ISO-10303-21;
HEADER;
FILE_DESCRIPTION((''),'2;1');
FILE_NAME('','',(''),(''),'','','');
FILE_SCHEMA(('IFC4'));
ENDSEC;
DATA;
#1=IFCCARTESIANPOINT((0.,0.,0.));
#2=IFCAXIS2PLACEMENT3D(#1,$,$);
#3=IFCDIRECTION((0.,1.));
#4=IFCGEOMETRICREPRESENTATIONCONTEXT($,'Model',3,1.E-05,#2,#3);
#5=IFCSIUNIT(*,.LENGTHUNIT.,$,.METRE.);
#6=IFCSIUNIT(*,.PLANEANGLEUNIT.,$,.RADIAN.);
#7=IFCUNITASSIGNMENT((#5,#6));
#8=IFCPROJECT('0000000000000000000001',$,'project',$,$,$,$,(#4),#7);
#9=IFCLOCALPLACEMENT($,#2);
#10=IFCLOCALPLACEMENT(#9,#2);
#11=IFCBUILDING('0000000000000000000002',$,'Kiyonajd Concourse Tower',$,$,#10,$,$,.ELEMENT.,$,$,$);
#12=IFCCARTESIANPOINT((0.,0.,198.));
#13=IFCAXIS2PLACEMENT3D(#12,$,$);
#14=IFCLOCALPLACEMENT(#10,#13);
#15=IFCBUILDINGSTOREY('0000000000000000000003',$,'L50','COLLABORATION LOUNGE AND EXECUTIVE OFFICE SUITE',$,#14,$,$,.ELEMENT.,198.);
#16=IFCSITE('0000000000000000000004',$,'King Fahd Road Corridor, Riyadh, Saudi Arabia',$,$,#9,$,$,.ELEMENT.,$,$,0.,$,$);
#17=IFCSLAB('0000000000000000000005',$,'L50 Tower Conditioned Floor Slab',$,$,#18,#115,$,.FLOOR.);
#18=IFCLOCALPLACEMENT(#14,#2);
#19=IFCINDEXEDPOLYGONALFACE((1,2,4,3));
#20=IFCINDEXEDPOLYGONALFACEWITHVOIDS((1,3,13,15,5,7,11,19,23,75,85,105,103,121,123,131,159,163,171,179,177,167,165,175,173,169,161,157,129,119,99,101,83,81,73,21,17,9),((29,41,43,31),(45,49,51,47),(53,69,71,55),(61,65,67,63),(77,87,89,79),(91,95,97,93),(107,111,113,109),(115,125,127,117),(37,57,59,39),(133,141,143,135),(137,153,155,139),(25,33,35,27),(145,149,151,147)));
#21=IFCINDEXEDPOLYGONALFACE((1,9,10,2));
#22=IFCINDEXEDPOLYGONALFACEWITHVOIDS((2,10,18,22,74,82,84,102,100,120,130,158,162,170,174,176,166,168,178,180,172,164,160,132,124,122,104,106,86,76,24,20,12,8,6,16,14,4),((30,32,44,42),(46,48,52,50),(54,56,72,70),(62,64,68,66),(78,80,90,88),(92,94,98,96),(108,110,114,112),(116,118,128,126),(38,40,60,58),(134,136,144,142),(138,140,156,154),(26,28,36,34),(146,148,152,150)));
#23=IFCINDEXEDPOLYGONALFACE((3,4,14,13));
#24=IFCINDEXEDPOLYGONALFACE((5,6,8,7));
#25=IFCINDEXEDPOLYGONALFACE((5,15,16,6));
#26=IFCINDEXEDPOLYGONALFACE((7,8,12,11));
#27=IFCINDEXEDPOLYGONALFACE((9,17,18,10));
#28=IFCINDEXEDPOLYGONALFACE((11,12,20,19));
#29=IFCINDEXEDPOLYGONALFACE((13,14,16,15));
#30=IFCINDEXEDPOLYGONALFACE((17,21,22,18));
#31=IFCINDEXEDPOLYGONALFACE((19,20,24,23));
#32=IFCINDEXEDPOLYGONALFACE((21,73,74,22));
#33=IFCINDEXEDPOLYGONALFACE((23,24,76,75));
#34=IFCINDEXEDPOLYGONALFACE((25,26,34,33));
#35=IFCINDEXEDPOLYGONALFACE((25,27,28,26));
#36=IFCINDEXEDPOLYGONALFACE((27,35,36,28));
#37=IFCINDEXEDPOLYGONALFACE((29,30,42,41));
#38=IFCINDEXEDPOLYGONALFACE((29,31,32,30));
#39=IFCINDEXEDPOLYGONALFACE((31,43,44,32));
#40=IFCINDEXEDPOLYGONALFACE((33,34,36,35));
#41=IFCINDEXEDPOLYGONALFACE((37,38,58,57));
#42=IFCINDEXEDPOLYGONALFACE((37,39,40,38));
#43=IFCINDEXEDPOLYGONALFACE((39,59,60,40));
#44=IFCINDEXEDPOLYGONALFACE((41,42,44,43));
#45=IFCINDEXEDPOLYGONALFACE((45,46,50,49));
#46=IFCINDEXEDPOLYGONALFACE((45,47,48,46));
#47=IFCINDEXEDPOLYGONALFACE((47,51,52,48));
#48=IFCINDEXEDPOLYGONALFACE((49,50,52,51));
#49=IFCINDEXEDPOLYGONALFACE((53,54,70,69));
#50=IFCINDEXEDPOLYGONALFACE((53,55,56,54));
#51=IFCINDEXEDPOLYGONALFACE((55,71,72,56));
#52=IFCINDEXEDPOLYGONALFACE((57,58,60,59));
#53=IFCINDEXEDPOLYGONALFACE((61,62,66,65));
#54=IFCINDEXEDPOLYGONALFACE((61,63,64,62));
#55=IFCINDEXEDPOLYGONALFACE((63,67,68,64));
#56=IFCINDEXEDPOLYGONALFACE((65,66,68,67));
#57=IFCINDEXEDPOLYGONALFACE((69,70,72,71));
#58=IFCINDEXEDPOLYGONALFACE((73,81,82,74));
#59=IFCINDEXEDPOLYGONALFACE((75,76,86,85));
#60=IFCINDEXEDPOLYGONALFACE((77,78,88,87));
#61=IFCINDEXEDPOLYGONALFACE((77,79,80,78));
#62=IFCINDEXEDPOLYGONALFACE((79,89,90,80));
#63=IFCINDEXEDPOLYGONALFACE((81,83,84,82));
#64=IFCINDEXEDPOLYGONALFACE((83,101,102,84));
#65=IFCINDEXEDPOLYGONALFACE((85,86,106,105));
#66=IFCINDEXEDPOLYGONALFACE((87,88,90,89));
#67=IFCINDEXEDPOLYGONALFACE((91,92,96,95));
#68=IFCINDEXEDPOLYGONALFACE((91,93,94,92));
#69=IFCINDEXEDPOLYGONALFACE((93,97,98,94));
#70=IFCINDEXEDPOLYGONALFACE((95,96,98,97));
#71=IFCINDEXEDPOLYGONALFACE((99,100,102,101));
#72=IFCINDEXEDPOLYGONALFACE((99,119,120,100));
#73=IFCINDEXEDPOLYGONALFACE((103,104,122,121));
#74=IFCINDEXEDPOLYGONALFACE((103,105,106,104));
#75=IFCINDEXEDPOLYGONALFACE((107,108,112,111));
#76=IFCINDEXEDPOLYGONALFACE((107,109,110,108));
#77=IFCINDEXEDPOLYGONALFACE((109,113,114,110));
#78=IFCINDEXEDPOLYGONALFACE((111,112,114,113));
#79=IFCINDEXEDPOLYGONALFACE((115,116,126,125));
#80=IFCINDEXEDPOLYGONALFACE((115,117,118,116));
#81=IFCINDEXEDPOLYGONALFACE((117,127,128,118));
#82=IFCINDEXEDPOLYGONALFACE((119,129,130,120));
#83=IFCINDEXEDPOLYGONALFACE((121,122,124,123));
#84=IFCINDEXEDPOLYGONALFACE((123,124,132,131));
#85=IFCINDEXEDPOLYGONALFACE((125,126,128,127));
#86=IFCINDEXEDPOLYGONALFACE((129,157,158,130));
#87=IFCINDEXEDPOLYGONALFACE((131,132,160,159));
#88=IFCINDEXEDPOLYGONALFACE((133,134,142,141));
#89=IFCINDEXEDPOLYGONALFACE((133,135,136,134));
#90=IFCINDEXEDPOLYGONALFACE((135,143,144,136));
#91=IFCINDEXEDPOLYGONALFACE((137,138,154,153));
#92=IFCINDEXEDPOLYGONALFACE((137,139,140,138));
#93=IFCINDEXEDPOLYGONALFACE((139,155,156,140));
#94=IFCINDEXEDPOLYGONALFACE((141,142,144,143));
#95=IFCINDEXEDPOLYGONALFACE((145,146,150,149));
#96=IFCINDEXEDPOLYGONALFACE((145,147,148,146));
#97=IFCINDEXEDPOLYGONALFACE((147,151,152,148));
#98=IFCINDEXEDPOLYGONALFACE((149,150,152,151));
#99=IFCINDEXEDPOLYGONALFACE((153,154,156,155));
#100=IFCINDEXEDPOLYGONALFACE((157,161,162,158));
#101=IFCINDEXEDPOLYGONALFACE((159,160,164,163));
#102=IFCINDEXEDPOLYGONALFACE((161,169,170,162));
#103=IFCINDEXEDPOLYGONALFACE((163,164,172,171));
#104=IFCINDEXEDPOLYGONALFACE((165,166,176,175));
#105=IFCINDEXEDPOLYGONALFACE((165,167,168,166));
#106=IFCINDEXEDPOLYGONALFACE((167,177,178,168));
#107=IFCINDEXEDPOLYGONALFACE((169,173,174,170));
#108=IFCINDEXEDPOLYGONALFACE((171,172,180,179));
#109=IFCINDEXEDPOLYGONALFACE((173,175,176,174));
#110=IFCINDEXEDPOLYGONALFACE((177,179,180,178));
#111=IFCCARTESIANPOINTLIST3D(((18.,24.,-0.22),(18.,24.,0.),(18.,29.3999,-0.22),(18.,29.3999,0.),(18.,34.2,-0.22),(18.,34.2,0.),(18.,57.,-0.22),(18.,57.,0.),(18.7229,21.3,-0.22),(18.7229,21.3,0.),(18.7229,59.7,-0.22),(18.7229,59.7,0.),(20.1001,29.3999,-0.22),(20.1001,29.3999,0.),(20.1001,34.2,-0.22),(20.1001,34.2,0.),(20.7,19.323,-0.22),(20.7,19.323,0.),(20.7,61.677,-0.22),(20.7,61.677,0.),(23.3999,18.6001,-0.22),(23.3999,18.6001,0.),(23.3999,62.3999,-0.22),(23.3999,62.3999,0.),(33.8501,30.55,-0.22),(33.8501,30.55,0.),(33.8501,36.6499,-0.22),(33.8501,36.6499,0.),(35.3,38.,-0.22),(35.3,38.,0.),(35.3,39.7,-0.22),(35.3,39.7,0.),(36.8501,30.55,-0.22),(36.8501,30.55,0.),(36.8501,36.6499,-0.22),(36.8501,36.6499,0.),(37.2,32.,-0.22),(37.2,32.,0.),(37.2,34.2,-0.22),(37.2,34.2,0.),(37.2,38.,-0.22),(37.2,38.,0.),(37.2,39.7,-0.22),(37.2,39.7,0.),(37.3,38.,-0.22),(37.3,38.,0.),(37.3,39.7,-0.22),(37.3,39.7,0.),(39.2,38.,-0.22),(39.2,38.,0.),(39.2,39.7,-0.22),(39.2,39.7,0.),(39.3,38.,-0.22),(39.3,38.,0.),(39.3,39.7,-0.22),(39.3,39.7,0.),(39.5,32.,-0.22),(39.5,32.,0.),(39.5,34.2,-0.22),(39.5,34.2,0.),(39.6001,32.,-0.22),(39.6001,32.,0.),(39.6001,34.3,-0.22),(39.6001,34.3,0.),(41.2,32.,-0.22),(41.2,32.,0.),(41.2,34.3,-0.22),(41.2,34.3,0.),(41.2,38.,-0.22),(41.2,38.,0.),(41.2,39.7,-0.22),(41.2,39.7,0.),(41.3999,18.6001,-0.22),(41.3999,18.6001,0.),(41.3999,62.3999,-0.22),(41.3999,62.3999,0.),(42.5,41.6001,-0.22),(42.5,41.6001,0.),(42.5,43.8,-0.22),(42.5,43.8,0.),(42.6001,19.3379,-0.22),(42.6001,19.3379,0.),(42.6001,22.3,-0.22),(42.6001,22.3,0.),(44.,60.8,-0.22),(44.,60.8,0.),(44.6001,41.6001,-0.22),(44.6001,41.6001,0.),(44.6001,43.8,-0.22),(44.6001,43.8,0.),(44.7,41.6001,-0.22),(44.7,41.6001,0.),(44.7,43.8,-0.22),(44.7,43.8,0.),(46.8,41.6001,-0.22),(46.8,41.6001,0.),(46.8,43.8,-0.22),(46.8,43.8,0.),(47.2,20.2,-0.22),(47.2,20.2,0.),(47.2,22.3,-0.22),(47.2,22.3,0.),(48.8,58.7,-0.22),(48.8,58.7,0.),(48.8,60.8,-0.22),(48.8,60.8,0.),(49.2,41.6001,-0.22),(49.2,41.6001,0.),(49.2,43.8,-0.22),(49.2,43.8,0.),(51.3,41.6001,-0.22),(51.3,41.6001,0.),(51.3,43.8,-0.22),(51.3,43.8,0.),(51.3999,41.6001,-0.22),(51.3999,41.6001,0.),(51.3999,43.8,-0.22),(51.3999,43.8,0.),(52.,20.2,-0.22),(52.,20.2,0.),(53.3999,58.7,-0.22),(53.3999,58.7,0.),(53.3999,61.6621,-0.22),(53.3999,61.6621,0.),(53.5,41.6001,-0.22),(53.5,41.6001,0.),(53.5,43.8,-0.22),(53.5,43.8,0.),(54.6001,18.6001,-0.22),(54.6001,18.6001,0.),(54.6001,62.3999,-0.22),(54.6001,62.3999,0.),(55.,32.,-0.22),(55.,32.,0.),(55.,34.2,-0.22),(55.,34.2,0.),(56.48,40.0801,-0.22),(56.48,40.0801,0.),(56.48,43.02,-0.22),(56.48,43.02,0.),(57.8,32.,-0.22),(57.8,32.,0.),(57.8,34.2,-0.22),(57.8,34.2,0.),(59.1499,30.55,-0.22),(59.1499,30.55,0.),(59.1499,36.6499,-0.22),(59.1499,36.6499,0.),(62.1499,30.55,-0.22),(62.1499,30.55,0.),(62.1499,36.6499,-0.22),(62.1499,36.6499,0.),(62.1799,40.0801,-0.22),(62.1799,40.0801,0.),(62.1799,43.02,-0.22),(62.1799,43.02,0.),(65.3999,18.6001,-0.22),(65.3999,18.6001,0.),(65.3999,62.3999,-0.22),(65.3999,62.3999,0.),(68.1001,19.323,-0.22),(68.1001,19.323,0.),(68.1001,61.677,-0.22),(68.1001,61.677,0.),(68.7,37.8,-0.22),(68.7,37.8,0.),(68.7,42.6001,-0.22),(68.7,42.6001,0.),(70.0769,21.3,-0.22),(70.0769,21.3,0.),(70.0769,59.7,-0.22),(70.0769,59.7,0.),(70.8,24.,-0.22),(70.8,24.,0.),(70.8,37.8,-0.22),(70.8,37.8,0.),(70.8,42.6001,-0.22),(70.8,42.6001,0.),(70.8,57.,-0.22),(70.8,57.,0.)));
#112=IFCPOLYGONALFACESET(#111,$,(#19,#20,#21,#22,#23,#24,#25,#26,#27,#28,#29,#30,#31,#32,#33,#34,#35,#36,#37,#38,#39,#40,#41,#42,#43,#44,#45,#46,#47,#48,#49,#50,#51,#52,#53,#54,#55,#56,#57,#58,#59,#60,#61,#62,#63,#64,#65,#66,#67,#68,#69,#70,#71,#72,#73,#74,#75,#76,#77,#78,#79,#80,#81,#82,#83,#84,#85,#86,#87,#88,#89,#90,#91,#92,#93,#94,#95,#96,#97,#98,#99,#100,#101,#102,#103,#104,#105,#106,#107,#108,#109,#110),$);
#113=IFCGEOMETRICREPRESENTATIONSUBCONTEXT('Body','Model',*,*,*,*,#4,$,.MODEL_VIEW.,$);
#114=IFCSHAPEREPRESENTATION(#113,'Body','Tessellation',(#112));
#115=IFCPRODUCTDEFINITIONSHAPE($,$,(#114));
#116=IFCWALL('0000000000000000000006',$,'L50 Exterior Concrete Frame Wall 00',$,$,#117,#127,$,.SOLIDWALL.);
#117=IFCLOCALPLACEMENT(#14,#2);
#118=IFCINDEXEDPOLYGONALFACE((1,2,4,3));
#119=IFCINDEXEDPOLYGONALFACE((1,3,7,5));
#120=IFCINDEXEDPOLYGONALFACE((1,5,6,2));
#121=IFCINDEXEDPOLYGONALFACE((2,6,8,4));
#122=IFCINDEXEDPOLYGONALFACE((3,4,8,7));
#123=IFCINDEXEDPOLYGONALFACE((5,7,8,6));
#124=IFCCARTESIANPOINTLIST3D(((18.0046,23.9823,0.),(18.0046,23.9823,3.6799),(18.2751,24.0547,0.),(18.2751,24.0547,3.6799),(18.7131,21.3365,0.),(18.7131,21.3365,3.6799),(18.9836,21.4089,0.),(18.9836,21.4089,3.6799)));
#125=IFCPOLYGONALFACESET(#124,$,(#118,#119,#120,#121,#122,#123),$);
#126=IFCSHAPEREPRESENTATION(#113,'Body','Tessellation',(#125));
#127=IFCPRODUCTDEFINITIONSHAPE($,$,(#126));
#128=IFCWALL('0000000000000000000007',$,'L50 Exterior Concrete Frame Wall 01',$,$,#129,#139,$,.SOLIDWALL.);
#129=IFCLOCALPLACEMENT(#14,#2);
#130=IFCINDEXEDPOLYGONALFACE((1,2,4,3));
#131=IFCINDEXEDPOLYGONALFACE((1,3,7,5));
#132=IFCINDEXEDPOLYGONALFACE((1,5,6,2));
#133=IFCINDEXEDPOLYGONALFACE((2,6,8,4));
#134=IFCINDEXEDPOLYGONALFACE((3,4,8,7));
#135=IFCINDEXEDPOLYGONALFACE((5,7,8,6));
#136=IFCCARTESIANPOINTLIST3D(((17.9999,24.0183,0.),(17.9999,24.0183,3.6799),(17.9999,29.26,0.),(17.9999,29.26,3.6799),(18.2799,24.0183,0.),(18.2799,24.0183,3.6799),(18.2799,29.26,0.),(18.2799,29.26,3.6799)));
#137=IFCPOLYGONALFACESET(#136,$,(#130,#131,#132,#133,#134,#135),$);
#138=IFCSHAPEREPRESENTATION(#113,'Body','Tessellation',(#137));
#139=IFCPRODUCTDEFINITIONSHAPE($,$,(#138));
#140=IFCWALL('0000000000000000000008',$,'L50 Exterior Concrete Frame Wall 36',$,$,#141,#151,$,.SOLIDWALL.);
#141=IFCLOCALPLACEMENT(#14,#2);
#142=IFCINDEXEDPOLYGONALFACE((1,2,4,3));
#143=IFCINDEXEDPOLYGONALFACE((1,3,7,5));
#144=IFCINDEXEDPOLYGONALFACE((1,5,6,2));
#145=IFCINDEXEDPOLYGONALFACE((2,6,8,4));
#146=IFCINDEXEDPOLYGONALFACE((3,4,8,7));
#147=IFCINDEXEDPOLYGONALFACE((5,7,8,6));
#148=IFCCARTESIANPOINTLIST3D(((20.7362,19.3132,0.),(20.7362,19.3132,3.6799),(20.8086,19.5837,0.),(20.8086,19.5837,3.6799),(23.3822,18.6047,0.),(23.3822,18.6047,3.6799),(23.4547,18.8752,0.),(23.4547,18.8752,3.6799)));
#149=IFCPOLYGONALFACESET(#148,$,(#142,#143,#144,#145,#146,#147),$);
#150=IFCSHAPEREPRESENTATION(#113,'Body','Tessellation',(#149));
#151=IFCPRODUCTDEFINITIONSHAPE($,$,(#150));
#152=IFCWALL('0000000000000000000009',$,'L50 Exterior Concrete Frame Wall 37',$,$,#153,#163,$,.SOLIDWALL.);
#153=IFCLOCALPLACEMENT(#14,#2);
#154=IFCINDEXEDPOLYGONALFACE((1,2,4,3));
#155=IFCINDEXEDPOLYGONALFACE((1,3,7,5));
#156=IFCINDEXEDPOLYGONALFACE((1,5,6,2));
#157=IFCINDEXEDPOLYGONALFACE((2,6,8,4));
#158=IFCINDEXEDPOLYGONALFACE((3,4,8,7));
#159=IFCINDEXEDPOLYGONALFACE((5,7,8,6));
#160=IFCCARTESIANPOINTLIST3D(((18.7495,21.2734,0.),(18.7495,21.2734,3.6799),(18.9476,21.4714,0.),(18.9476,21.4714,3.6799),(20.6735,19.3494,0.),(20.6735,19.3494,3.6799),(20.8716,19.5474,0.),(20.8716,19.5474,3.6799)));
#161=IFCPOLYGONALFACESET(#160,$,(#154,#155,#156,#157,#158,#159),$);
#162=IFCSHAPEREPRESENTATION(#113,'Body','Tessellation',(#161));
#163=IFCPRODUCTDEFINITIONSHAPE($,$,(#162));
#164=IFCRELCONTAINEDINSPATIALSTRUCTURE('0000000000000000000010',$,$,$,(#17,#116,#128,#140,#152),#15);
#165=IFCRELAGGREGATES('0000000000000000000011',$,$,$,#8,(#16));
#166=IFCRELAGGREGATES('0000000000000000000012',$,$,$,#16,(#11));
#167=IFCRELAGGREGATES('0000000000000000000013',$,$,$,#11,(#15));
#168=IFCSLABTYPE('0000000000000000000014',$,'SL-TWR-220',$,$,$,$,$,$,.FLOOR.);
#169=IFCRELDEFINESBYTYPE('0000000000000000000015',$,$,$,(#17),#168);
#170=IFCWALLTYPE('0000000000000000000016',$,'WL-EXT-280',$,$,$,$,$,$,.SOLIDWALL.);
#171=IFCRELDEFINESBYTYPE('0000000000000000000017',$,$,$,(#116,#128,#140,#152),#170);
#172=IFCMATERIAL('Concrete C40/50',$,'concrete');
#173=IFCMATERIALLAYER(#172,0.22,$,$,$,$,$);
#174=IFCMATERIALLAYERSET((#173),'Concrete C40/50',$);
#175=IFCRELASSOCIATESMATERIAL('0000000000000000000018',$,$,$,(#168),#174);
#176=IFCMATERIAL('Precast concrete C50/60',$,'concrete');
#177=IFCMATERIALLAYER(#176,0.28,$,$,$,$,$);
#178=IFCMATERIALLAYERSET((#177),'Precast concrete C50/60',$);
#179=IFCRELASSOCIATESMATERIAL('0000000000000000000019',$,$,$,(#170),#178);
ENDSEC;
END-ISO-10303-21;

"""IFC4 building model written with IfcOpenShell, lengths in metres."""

from ifc_helpers import new_model, si_unit, direction, frame, frame_2d, origin, place, context, subcontext, project, spatial, polyline, rectangle, outline, extrude, material, layer, layer_set, type_object, element, save


model = new_model("IFC4")

# Units and contexts
model_context = context("Model", 3, precision=1e-05, world=origin(), true_north=direction((0.0, 1.0)))
body_context = subcontext(model_context, "Body", "Model", "MODEL_VIEW")
ifc_project = project(units=[si_unit("LENGTHUNIT", "METRE"), si_unit("PLANEANGLEUNIT", "RADIAN")], contexts=[model_context])

# Site, building, storey
site_placement = place(None, origin())
site = spatial("IfcSite", under=ifc_project, at=site_placement, Name="King Fahd Road Corridor, Riyadh, Saudi Arabia", CompositionType="ELEMENT", RefElevation=0.0)
building_placement = place(site_placement, origin())
building = spatial("IfcBuilding", under=site, at=building_placement, Name="Kiyonajd Concourse Tower", CompositionType="ELEMENT")
storey_placement = place(building_placement, frame((0.0, 0.0, 198.0)))
storey = spatial("IfcBuildingStorey", under=building, at=storey_placement, Name="L50", Description="COLLABORATION LOUNGE AND EXECUTIVE OFFICE SUITE", CompositionType="ELEMENT", Elevation=198.0)

# Shared definitions
ifc_material_1 = material(Name="Concrete C40/50", Category="concrete")

# Slab
ifc_material_2 = material(Name="Precast concrete C50/60", Category="concrete")
ifc_layer_1 = layer(ifc_material_1, 0.22)
ifc_layer_set_1 = layer_set([ifc_layer_1], Name="Concrete C40/50")
slab_type_1 = type_object("IfcSlabType", Name="SL-TWR-220", PredefinedType="FLOOR", material=ifc_layer_set_1)
slab_1_placement = place(storey_placement, frame((0.0, 0.0, -0.22)))
element("IfcSlab", 1, at=slab_1_placement, inside=storey, type_object=slab_type_1, Name="L50 Tower Conditioned Floor Slab", PredefinedType="FLOOR", context=body_context, shape_type="SweptSolid", body=[
    extrude(outline(polyline([(18.7229, 21.3), (18.0, 24.0), (18.0, 29.3999), (20.1001, 29.3999), (20.1001, 34.2), (18.0, 34.2), (18.0, 57.0), (18.7229, 59.7), (20.7, 61.677), (23.3999, 62.3999), (41.3999, 62.3999), (44.0, 60.8), (48.8, 60.8), (48.8, 58.7), (53.3999, 58.7), (53.3999, 61.6621), (54.6001, 62.3999), (65.3999, 62.3999), (68.1001, 61.677), (70.0769, 59.7), (70.8, 57.0), (70.8, 42.6001), (68.7, 42.6001), (68.7, 37.8), (70.8, 37.8), (70.8, 24.0), (70.0769, 21.3), (68.1001, 19.323), (65.3999, 18.6001), (54.6001, 18.6001), (52.0, 20.2), (47.2, 20.2), (47.2, 22.3), (42.6001, 22.3), (42.6001, 19.3379), (41.3999, 18.6001), (23.3999, 18.6001), (20.7, 19.323), (18.7229, 21.3)]), holes=[polyline([(39.5, 32.0), (37.2, 32.0), (37.2, 34.2), (39.5, 34.2), (39.5, 32.0)]), polyline([(39.6001, 32.0), (39.6001, 34.3), (41.2, 34.3), (41.2, 32.0), (39.6001, 32.0)]), polyline([(33.8501, 30.55), (33.8501, 36.6499), (36.8501, 36.6499), (36.8501, 30.55), (33.8501, 30.55)]), polyline([(37.2, 38.0), (35.3, 38.0), (35.3, 39.7), (37.2, 39.7), (37.2, 38.0)]), polyline([(37.3, 38.0), (37.3, 39.7), (39.2, 39.7), (39.2, 38.0), (37.3, 38.0)]), polyline([(39.3, 38.0), (39.3, 39.7), (41.2, 39.7), (41.2, 38.0), (39.3, 38.0)]), polyline([(44.6001, 41.6001), (42.5, 41.6001), (42.5, 43.8), (44.6001, 43.8), (44.6001, 41.6001)]), polyline([(55.0, 32.0), (55.0, 34.2), (57.8, 34.2), (57.8, 32.0), (55.0, 32.0)]), polyline([(59.1499, 30.55), (59.1499, 36.6499), (62.1499, 36.6499), (62.1499, 30.55), (59.1499, 30.55)]), polyline([(56.48, 43.02), (62.1799, 43.02), (62.1799, 40.0801), (56.48, 40.0801), (56.48, 43.02)]), polyline([(44.7, 41.6001), (44.7, 43.8), (46.8, 43.8), (46.8, 41.6001), (44.7, 41.6001)]), polyline([(49.2, 41.6001), (49.2, 43.8), (51.3, 43.8), (51.3, 41.6001), (49.2, 41.6001)]), polyline([(51.3999, 41.6001), (51.3999, 43.8), (53.5, 43.8), (53.5, 41.6001), (51.3999, 41.6001)])]), origin(), (0.0, 0.0, 1.0), 0.22),
])

# Walls
ifc_layer_2 = layer(ifc_material_2, 0.28)
ifc_layer_set_2 = layer_set([ifc_layer_2], Name="Precast concrete C50/60")
wall_type = type_object("IfcWallType", Name="WL-EXT-280", PredefinedType="SOLIDWALL", material=ifc_layer_set_2)
wall_1_placement = place(storey_placement, frame((18.8484, 21.3726, 0.0), z_axis=(0.0, 0.0, 1.0), x_axis=(-0.258672, 0.965965, 0.0)))
element("IfcWall", 2, at=wall_1_placement, inside=storey, type_object=wall_type, Name="L50 Exterior Concrete Frame Wall 00", PredefinedType="SOLIDWALL", context=body_context, shape_type="SweptSolid", body=[
    extrude(rectangle(XDim=2.739, YDim=0.28, at=frame_2d((1.3696, 0.0))), origin(), (0.0, 0.0, 1.0), 3.6799),
])
wall_2_placement = place(storey_placement, frame((18.1399, 24.0183, 0.0), z_axis=(0.0, 0.0, 1.0), x_axis=(0.0, 1.0, 0.0)))
element("IfcWall", 3, at=wall_2_placement, inside=storey, type_object=wall_type, Name="L50 Exterior Concrete Frame Wall 01", PredefinedType="SOLIDWALL", context=body_context, shape_type="SweptSolid", body=[
    extrude(rectangle(XDim=5.2417, YDim=0.28, at=frame_2d((2.6208, 0.0))), origin(), (0.0, 0.0, 1.0), 3.6799),
])
wall_3_placement = place(storey_placement, frame((23.4185, 18.74, 0.0), z_axis=(0.0, 0.0, 1.0), x_axis=(-0.965971, 0.25865, 0.0)))
element("IfcWall", 4, at=wall_3_placement, inside=storey, type_object=wall_type, Name="L50 Exterior Concrete Frame Wall 36", PredefinedType="SOLIDWALL", context=body_context, shape_type="SweptSolid", body=[
    extrude(rectangle(XDim=2.7393, YDim=0.28, at=frame_2d((1.3696, 0.0))), origin(), (0.0, 0.0, 1.0), 3.6799),
])
wall_4_placement = place(storey_placement, frame((20.7725, 19.4485, 0.0), z_axis=(0.0, 0.0, 1.0), x_axis=(-0.707107, 0.707107, 0.0)))
element("IfcWall", 5, at=wall_4_placement, inside=storey, type_object=wall_type, Name="L50 Exterior Concrete Frame Wall 37", PredefinedType="SOLIDWALL", context=body_context, shape_type="SweptSolid", body=[
    extrude(rectangle(XDim=2.7209, YDim=0.28, at=frame_2d((1.3604, 0.0))), origin(), (0.0, 0.0, 1.0), 3.6799),
])

save(model, "model.ifc")
